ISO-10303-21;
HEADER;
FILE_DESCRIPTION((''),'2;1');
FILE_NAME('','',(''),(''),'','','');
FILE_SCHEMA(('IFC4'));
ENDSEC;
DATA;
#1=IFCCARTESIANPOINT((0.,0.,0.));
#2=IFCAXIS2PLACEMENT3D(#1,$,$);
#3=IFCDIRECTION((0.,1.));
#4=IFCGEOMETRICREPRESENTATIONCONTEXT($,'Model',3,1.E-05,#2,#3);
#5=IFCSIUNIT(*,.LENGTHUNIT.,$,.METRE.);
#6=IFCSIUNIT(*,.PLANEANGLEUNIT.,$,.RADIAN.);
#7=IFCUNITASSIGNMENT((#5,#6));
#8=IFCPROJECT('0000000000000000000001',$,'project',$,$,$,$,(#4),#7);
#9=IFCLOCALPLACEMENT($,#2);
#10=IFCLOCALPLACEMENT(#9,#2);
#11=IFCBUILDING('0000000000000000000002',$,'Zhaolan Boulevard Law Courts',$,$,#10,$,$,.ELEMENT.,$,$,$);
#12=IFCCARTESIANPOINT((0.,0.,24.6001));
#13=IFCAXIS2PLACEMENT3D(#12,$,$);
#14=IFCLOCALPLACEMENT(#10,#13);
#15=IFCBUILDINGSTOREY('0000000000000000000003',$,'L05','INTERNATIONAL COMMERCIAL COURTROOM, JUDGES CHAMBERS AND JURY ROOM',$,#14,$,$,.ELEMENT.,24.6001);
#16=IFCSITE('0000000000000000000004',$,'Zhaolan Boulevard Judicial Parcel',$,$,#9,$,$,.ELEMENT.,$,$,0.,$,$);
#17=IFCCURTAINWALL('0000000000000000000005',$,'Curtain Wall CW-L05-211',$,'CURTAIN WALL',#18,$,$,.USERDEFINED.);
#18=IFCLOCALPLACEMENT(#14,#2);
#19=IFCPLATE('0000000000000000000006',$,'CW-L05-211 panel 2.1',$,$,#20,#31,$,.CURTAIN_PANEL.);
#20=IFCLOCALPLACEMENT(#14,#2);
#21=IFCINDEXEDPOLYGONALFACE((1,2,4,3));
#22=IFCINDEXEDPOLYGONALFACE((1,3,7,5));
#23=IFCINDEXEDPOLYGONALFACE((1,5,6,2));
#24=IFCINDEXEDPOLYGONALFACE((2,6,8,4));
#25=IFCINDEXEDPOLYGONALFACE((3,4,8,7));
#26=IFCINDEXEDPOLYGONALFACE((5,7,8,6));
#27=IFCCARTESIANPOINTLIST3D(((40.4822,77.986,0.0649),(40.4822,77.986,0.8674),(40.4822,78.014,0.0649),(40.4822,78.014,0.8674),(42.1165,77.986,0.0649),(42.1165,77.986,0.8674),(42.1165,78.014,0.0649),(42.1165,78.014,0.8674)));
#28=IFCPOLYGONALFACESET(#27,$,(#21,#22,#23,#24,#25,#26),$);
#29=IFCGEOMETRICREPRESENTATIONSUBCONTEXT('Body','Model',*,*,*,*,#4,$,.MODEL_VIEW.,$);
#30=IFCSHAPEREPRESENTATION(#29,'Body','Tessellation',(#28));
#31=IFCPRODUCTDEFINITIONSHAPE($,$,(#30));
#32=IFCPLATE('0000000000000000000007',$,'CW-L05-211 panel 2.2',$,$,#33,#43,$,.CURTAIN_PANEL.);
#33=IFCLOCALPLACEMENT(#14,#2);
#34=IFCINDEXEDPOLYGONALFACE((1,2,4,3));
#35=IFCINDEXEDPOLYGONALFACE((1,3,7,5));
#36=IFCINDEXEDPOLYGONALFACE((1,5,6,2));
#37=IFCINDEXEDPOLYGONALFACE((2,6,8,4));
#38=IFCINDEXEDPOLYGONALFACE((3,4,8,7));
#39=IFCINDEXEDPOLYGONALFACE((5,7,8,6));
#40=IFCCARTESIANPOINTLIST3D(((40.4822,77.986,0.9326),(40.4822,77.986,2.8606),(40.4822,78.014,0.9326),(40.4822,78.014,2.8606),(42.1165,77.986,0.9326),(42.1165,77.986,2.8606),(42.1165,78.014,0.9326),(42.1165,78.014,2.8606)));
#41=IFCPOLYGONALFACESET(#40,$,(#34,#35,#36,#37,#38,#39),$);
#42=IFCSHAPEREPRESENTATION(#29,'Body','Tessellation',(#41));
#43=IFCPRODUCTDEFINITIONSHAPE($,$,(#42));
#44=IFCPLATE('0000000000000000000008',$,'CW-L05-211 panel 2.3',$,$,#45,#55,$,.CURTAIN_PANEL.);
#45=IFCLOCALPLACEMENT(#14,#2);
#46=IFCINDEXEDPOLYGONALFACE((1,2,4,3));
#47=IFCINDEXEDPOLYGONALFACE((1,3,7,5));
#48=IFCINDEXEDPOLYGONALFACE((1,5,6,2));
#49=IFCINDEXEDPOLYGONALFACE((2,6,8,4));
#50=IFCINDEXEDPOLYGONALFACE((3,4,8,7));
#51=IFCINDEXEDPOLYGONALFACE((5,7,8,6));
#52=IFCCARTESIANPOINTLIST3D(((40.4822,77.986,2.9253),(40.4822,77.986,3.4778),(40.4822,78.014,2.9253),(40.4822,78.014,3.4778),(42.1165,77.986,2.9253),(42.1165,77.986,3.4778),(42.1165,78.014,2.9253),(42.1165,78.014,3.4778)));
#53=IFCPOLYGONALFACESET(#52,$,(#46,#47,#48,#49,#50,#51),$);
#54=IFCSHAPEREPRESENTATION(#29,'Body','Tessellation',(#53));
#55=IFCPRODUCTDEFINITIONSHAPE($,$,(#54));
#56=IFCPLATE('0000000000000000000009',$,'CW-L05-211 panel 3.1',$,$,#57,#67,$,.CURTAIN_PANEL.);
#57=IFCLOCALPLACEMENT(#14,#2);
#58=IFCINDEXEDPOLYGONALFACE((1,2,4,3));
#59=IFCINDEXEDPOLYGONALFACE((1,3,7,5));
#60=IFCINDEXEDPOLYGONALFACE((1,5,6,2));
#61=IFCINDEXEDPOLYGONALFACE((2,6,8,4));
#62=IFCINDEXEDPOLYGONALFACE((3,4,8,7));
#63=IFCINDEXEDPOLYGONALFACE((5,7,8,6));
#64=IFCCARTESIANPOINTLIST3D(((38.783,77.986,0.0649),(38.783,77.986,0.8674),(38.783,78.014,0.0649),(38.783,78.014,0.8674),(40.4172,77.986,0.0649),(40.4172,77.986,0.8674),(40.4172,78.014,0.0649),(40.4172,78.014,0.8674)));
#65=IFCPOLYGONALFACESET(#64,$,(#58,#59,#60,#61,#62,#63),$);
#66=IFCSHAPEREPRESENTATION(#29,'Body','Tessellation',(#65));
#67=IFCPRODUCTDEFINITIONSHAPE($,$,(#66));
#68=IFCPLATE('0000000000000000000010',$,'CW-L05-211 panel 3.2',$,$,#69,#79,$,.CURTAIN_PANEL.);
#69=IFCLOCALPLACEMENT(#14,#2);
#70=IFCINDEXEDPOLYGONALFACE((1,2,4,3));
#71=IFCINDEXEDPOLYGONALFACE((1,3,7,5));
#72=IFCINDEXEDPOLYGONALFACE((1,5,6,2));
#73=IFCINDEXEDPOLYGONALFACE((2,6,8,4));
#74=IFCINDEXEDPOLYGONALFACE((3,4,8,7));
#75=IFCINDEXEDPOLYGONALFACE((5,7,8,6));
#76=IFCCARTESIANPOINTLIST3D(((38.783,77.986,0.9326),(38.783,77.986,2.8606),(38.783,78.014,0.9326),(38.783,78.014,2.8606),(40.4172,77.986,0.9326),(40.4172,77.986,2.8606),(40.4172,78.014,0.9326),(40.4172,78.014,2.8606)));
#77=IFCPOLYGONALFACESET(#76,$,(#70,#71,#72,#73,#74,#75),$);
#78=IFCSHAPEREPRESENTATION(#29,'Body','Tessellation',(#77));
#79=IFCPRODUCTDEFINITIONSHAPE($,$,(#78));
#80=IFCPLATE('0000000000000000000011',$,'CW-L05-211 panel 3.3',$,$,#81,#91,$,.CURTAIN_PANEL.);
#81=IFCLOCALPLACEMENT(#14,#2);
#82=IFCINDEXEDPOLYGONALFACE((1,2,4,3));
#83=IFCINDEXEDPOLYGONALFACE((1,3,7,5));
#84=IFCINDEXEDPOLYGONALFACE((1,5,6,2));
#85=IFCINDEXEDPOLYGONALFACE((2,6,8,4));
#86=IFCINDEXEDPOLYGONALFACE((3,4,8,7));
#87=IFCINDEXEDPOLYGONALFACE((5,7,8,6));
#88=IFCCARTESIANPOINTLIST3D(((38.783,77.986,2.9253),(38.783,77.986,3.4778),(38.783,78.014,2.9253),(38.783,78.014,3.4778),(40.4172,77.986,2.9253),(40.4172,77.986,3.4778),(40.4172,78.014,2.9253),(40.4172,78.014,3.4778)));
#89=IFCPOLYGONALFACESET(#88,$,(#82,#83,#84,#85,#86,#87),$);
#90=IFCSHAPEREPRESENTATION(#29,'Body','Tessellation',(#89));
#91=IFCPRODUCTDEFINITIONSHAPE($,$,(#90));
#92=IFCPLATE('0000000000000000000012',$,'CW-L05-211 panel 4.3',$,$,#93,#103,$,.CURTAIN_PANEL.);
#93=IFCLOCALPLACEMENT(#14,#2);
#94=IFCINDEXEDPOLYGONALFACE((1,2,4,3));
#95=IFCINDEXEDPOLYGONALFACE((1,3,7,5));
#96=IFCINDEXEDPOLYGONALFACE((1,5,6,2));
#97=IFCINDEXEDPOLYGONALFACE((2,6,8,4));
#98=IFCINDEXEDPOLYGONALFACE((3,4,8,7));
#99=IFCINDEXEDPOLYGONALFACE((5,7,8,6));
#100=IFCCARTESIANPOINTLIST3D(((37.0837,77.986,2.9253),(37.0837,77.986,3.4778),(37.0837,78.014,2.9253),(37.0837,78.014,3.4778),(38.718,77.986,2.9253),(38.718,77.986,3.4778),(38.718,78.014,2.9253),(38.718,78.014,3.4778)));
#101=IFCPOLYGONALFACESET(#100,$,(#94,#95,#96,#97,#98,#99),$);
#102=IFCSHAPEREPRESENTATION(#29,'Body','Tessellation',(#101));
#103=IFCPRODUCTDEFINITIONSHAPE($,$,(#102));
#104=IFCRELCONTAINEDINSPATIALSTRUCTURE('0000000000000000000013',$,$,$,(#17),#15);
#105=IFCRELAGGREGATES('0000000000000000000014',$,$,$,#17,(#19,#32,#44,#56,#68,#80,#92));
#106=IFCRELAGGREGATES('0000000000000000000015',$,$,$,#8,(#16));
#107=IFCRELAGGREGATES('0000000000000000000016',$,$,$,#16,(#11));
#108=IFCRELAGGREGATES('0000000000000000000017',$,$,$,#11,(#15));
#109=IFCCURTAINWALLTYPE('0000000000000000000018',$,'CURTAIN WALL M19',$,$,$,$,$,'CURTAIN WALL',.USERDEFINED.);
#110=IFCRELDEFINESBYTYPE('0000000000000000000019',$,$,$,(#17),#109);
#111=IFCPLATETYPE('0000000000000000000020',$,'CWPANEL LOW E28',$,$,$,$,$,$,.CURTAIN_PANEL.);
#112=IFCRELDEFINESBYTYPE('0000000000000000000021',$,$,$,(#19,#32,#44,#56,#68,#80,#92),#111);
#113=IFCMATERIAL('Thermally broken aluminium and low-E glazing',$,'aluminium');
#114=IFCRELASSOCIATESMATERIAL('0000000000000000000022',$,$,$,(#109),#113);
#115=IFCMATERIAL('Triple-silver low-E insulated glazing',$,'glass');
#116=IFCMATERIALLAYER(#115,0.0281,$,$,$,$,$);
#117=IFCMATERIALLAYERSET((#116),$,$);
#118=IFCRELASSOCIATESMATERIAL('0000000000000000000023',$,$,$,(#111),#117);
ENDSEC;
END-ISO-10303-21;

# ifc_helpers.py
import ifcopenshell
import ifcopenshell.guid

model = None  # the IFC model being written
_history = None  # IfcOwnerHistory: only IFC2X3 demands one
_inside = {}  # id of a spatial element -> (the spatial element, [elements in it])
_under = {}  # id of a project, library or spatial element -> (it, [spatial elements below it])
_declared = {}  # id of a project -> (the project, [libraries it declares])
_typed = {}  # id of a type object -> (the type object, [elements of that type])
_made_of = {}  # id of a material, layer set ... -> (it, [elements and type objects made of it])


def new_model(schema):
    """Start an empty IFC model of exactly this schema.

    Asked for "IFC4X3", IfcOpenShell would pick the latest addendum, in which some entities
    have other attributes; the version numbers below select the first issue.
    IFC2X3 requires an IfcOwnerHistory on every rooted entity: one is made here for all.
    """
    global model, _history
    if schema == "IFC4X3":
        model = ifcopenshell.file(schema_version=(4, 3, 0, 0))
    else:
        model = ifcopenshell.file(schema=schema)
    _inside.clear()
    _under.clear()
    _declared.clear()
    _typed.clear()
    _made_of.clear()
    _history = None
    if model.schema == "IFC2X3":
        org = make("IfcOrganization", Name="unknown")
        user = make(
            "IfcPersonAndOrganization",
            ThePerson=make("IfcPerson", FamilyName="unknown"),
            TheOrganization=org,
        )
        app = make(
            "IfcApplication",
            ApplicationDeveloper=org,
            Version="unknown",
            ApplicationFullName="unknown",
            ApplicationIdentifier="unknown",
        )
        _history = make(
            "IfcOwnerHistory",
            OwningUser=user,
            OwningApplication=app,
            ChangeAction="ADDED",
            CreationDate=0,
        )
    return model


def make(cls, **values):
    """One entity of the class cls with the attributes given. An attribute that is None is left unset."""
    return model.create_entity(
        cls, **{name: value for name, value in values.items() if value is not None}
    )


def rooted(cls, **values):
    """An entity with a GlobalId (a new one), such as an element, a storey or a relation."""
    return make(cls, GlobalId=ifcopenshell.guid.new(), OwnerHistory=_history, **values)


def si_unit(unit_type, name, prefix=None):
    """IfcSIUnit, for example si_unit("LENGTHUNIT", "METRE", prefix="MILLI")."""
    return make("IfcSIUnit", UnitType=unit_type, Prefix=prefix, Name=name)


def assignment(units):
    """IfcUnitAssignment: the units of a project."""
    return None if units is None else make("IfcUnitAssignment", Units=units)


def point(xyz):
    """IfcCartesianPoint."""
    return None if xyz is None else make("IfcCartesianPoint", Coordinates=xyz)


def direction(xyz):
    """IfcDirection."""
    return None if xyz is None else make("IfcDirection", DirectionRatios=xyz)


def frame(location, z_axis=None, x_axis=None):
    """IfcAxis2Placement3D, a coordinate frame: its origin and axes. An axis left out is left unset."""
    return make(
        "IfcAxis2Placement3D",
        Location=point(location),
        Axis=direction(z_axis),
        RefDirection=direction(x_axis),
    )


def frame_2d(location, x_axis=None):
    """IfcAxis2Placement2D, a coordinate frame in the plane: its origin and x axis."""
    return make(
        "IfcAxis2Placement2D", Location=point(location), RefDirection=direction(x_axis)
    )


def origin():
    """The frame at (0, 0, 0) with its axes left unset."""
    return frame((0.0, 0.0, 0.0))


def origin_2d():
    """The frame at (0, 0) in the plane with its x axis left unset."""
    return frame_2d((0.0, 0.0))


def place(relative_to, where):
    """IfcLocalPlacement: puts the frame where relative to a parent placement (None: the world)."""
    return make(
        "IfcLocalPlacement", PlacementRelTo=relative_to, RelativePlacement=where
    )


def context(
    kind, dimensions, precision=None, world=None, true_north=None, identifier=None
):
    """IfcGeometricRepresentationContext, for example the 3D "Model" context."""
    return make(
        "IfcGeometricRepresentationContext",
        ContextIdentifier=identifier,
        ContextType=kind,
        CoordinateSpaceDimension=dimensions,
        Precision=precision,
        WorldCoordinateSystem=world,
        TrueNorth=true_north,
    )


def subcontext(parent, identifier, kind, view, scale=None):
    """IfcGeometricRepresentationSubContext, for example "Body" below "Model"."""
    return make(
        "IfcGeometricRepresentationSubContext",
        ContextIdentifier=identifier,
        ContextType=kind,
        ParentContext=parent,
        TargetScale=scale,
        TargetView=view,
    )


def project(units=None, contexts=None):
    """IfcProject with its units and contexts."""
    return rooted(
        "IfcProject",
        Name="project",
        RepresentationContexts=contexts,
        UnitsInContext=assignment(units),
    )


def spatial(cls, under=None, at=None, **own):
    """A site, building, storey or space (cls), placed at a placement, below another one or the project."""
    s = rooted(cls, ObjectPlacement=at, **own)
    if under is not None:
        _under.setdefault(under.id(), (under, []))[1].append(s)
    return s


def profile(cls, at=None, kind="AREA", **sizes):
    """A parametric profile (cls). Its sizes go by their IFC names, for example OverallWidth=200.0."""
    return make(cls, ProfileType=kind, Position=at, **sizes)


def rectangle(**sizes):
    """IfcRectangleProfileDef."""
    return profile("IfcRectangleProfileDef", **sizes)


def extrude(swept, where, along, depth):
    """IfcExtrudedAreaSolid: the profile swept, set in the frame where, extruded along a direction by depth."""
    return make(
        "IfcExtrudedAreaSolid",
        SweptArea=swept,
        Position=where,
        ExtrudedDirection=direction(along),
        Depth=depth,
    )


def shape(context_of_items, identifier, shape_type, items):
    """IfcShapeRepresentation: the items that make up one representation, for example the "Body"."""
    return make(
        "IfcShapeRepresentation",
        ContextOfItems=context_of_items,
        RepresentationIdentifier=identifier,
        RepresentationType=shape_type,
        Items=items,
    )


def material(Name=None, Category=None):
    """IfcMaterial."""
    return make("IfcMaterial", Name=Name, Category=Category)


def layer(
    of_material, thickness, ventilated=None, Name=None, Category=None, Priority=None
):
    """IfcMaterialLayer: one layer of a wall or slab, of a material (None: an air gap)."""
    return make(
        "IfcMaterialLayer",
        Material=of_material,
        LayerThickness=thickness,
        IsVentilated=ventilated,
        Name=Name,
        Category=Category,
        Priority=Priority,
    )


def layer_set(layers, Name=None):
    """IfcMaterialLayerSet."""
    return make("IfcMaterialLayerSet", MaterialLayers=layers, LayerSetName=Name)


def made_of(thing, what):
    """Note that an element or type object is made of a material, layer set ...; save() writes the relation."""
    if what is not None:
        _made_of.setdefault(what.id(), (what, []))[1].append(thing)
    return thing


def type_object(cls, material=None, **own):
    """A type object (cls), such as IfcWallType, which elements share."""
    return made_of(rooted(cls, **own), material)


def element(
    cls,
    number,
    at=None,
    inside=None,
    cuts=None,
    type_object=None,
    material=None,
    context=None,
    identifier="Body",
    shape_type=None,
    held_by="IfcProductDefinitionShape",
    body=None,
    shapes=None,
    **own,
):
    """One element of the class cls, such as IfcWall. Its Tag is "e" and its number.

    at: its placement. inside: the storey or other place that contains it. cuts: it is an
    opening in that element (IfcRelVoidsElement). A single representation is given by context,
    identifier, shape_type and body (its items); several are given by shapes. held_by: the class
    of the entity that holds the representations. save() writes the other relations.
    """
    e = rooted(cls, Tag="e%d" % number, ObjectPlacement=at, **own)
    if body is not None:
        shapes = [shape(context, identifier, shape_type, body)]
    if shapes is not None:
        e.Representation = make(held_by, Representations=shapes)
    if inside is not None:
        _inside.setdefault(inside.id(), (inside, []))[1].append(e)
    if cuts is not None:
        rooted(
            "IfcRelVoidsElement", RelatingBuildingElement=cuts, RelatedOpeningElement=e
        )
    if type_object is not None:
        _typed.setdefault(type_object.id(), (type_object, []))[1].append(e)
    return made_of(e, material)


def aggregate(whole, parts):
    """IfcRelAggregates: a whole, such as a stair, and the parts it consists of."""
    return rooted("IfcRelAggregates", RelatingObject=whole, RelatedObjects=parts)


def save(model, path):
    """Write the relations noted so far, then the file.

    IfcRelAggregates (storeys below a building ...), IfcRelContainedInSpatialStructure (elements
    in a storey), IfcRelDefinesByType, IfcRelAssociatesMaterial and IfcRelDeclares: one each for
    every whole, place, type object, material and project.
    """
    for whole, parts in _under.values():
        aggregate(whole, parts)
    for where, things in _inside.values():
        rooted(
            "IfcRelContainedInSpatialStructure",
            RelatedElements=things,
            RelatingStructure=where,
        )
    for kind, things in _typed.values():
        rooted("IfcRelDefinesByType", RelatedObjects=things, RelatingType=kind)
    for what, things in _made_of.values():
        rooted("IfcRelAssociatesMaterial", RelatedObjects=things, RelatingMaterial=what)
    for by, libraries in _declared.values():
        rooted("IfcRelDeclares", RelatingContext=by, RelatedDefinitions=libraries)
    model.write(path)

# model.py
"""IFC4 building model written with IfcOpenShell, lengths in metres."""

from ifc_helpers import new_model, si_unit, direction, frame, origin, origin_2d, place, context, subcontext, project, spatial, rectangle, extrude, material, layer, layer_set, type_object, element, aggregate, save


model = new_model("IFC4")

# Units and contexts
model_context = context("Model", 3, precision=1e-05, world=origin(), true_north=direction((0.0, 1.0)))
body_context = subcontext(model_context, "Body", "Model", "MODEL_VIEW")
ifc_project = project(units=[si_unit("LENGTHUNIT", "METRE"), si_unit("PLANEANGLEUNIT", "RADIAN")], contexts=[model_context])

# Site, building, storey
site_placement = place(None, origin())
site = spatial("IfcSite", under=ifc_project, at=site_placement, Name="Zhaolan Boulevard Judicial Parcel", CompositionType="ELEMENT", RefElevation=0.0)
building_placement = place(site_placement, origin())
building = spatial("IfcBuilding", under=site, at=building_placement, Name="Zhaolan Boulevard Law Courts", CompositionType="ELEMENT")
storey_placement = place(building_placement, frame((0.0, 0.0, 24.6001)))
storey = spatial("IfcBuildingStorey", under=building, at=storey_placement, Name="L05", Description="INTERNATIONAL COMMERCIAL COURTROOM, JUDGES CHAMBERS AND JURY ROOM", CompositionType="ELEMENT", Elevation=24.6001)

# Curtain wall, plates
ifc_material_1 = material(Name="Thermally broken aluminium and low-E glazing", Category="aluminium")
curtain_wall_type = type_object("IfcCurtainWallType", Name="CURTAIN WALL M19", ElementType="CURTAIN WALL", PredefinedType="USERDEFINED", material=ifc_material_1)
curtain_wall_placement = place(storey_placement, origin())
curtain_wall = element("IfcCurtainWall", 1, at=curtain_wall_placement, inside=storey, type_object=curtain_wall_type, Name="Curtain Wall CW-L05-211", ObjectType="CURTAIN WALL", PredefinedType="USERDEFINED")
ifc_material_2 = material(Name="Triple-silver low-E insulated glazing", Category="glass")
ifc_layer = layer(ifc_material_2, 0.0281)
ifc_layer_set = layer_set([ifc_layer])
plate_type = type_object("IfcPlateType", Name="CWPANEL LOW E28", PredefinedType="CURTAIN_PANEL", material=ifc_layer_set)
plate_1_placement = place(storey_placement, frame((41.2993, 78.0, 0.0649), z_axis=(0.0, 0.0, 1.0), x_axis=(-1.0, 0.0, 0.0)))
plate_1 = element("IfcPlate", 2, at=plate_1_placement, type_object=plate_type, Name="CW-L05-211 panel 2.1", PredefinedType="CURTAIN_PANEL", context=body_context, shape_type="SweptSolid", body=[
    extrude(rectangle(XDim=1.6343, YDim=0.0281, at=origin_2d()), origin(), (0.0, 0.0, 1.0), 0.8025),
])
plate_2_placement = place(storey_placement, frame((41.2993, 78.0, 0.9326), z_axis=(0.0, 0.0, 1.0), x_axis=(-1.0, 0.0, 0.0)))
plate_2 = element("IfcPlate", 3, at=plate_2_placement, type_object=plate_type, Name="CW-L05-211 panel 2.2", PredefinedType="CURTAIN_PANEL", context=body_context, shape_type="SweptSolid", body=[
    extrude(rectangle(XDim=1.6343, YDim=0.0281, at=origin_2d()), origin(), (0.0, 0.0, 1.0), 1.928),
])
plate_3_placement = place(storey_placement, frame((41.2993, 78.0, 2.9253), z_axis=(0.0, 0.0, 1.0), x_axis=(-1.0, 0.0, 0.0)))
plate_3 = element("IfcPlate", 4, at=plate_3_placement, type_object=plate_type, Name="CW-L05-211 panel 2.3", PredefinedType="CURTAIN_PANEL", context=body_context, shape_type="SweptSolid", body=[
    extrude(rectangle(XDim=1.6343, YDim=0.0281, at=origin_2d()), origin(), (0.0, 0.0, 1.0), 0.5525),
])
plate_4_placement = place(storey_placement, frame((39.6001, 78.0, 0.0649), z_axis=(0.0, 0.0, 1.0), x_axis=(-1.0, 0.0, 0.0)))
plate_4 = element("IfcPlate", 5, at=plate_4_placement, type_object=plate_type, Name="CW-L05-211 panel 3.1", PredefinedType="CURTAIN_PANEL", context=body_context, shape_type="SweptSolid", body=[
    extrude(rectangle(XDim=1.6343, YDim=0.0281, at=origin_2d()), origin(), (0.0, 0.0, 1.0), 0.8025),
])
plate_5_placement = place(storey_placement, frame((39.6001, 78.0, 0.9326), z_axis=(0.0, 0.0, 1.0), x_axis=(-1.0, 0.0, 0.0)))
plate_5 = element("IfcPlate", 6, at=plate_5_placement, type_object=plate_type, Name="CW-L05-211 panel 3.2", PredefinedType="CURTAIN_PANEL", context=body_context, shape_type="SweptSolid", body=[
    extrude(rectangle(XDim=1.6343, YDim=0.0281, at=origin_2d()), origin(), (0.0, 0.0, 1.0), 1.928),
])
plate_6_placement = place(storey_placement, frame((39.6001, 78.0, 2.9253), z_axis=(0.0, 0.0, 1.0), x_axis=(-1.0, 0.0, 0.0)))
plate_6 = element("IfcPlate", 7, at=plate_6_placement, type_object=plate_type, Name="CW-L05-211 panel 3.3", PredefinedType="CURTAIN_PANEL", context=body_context, shape_type="SweptSolid", body=[
    extrude(rectangle(XDim=1.6343, YDim=0.0281, at=origin_2d()), origin(), (0.0, 0.0, 1.0), 0.5525),
])
plate_7_placement = place(storey_placement, frame((37.9009, 78.0, 2.9253), z_axis=(0.0, 0.0, 1.0), x_axis=(-1.0, 0.0, 0.0)))
plate_7 = element("IfcPlate", 8, at=plate_7_placement, type_object=plate_type, Name="CW-L05-211 panel 4.3", PredefinedType="CURTAIN_PANEL", context=body_context, shape_type="SweptSolid", body=[
    extrude(rectangle(XDim=1.6343, YDim=0.0281, at=origin_2d()), origin(), (0.0, 0.0, 1.0), 0.5525),
])
aggregate(curtain_wall, [plate_1, plate_2, plate_3, plate_4, plate_5, plate_6, plate_7])

save(model, "model.ifc")
